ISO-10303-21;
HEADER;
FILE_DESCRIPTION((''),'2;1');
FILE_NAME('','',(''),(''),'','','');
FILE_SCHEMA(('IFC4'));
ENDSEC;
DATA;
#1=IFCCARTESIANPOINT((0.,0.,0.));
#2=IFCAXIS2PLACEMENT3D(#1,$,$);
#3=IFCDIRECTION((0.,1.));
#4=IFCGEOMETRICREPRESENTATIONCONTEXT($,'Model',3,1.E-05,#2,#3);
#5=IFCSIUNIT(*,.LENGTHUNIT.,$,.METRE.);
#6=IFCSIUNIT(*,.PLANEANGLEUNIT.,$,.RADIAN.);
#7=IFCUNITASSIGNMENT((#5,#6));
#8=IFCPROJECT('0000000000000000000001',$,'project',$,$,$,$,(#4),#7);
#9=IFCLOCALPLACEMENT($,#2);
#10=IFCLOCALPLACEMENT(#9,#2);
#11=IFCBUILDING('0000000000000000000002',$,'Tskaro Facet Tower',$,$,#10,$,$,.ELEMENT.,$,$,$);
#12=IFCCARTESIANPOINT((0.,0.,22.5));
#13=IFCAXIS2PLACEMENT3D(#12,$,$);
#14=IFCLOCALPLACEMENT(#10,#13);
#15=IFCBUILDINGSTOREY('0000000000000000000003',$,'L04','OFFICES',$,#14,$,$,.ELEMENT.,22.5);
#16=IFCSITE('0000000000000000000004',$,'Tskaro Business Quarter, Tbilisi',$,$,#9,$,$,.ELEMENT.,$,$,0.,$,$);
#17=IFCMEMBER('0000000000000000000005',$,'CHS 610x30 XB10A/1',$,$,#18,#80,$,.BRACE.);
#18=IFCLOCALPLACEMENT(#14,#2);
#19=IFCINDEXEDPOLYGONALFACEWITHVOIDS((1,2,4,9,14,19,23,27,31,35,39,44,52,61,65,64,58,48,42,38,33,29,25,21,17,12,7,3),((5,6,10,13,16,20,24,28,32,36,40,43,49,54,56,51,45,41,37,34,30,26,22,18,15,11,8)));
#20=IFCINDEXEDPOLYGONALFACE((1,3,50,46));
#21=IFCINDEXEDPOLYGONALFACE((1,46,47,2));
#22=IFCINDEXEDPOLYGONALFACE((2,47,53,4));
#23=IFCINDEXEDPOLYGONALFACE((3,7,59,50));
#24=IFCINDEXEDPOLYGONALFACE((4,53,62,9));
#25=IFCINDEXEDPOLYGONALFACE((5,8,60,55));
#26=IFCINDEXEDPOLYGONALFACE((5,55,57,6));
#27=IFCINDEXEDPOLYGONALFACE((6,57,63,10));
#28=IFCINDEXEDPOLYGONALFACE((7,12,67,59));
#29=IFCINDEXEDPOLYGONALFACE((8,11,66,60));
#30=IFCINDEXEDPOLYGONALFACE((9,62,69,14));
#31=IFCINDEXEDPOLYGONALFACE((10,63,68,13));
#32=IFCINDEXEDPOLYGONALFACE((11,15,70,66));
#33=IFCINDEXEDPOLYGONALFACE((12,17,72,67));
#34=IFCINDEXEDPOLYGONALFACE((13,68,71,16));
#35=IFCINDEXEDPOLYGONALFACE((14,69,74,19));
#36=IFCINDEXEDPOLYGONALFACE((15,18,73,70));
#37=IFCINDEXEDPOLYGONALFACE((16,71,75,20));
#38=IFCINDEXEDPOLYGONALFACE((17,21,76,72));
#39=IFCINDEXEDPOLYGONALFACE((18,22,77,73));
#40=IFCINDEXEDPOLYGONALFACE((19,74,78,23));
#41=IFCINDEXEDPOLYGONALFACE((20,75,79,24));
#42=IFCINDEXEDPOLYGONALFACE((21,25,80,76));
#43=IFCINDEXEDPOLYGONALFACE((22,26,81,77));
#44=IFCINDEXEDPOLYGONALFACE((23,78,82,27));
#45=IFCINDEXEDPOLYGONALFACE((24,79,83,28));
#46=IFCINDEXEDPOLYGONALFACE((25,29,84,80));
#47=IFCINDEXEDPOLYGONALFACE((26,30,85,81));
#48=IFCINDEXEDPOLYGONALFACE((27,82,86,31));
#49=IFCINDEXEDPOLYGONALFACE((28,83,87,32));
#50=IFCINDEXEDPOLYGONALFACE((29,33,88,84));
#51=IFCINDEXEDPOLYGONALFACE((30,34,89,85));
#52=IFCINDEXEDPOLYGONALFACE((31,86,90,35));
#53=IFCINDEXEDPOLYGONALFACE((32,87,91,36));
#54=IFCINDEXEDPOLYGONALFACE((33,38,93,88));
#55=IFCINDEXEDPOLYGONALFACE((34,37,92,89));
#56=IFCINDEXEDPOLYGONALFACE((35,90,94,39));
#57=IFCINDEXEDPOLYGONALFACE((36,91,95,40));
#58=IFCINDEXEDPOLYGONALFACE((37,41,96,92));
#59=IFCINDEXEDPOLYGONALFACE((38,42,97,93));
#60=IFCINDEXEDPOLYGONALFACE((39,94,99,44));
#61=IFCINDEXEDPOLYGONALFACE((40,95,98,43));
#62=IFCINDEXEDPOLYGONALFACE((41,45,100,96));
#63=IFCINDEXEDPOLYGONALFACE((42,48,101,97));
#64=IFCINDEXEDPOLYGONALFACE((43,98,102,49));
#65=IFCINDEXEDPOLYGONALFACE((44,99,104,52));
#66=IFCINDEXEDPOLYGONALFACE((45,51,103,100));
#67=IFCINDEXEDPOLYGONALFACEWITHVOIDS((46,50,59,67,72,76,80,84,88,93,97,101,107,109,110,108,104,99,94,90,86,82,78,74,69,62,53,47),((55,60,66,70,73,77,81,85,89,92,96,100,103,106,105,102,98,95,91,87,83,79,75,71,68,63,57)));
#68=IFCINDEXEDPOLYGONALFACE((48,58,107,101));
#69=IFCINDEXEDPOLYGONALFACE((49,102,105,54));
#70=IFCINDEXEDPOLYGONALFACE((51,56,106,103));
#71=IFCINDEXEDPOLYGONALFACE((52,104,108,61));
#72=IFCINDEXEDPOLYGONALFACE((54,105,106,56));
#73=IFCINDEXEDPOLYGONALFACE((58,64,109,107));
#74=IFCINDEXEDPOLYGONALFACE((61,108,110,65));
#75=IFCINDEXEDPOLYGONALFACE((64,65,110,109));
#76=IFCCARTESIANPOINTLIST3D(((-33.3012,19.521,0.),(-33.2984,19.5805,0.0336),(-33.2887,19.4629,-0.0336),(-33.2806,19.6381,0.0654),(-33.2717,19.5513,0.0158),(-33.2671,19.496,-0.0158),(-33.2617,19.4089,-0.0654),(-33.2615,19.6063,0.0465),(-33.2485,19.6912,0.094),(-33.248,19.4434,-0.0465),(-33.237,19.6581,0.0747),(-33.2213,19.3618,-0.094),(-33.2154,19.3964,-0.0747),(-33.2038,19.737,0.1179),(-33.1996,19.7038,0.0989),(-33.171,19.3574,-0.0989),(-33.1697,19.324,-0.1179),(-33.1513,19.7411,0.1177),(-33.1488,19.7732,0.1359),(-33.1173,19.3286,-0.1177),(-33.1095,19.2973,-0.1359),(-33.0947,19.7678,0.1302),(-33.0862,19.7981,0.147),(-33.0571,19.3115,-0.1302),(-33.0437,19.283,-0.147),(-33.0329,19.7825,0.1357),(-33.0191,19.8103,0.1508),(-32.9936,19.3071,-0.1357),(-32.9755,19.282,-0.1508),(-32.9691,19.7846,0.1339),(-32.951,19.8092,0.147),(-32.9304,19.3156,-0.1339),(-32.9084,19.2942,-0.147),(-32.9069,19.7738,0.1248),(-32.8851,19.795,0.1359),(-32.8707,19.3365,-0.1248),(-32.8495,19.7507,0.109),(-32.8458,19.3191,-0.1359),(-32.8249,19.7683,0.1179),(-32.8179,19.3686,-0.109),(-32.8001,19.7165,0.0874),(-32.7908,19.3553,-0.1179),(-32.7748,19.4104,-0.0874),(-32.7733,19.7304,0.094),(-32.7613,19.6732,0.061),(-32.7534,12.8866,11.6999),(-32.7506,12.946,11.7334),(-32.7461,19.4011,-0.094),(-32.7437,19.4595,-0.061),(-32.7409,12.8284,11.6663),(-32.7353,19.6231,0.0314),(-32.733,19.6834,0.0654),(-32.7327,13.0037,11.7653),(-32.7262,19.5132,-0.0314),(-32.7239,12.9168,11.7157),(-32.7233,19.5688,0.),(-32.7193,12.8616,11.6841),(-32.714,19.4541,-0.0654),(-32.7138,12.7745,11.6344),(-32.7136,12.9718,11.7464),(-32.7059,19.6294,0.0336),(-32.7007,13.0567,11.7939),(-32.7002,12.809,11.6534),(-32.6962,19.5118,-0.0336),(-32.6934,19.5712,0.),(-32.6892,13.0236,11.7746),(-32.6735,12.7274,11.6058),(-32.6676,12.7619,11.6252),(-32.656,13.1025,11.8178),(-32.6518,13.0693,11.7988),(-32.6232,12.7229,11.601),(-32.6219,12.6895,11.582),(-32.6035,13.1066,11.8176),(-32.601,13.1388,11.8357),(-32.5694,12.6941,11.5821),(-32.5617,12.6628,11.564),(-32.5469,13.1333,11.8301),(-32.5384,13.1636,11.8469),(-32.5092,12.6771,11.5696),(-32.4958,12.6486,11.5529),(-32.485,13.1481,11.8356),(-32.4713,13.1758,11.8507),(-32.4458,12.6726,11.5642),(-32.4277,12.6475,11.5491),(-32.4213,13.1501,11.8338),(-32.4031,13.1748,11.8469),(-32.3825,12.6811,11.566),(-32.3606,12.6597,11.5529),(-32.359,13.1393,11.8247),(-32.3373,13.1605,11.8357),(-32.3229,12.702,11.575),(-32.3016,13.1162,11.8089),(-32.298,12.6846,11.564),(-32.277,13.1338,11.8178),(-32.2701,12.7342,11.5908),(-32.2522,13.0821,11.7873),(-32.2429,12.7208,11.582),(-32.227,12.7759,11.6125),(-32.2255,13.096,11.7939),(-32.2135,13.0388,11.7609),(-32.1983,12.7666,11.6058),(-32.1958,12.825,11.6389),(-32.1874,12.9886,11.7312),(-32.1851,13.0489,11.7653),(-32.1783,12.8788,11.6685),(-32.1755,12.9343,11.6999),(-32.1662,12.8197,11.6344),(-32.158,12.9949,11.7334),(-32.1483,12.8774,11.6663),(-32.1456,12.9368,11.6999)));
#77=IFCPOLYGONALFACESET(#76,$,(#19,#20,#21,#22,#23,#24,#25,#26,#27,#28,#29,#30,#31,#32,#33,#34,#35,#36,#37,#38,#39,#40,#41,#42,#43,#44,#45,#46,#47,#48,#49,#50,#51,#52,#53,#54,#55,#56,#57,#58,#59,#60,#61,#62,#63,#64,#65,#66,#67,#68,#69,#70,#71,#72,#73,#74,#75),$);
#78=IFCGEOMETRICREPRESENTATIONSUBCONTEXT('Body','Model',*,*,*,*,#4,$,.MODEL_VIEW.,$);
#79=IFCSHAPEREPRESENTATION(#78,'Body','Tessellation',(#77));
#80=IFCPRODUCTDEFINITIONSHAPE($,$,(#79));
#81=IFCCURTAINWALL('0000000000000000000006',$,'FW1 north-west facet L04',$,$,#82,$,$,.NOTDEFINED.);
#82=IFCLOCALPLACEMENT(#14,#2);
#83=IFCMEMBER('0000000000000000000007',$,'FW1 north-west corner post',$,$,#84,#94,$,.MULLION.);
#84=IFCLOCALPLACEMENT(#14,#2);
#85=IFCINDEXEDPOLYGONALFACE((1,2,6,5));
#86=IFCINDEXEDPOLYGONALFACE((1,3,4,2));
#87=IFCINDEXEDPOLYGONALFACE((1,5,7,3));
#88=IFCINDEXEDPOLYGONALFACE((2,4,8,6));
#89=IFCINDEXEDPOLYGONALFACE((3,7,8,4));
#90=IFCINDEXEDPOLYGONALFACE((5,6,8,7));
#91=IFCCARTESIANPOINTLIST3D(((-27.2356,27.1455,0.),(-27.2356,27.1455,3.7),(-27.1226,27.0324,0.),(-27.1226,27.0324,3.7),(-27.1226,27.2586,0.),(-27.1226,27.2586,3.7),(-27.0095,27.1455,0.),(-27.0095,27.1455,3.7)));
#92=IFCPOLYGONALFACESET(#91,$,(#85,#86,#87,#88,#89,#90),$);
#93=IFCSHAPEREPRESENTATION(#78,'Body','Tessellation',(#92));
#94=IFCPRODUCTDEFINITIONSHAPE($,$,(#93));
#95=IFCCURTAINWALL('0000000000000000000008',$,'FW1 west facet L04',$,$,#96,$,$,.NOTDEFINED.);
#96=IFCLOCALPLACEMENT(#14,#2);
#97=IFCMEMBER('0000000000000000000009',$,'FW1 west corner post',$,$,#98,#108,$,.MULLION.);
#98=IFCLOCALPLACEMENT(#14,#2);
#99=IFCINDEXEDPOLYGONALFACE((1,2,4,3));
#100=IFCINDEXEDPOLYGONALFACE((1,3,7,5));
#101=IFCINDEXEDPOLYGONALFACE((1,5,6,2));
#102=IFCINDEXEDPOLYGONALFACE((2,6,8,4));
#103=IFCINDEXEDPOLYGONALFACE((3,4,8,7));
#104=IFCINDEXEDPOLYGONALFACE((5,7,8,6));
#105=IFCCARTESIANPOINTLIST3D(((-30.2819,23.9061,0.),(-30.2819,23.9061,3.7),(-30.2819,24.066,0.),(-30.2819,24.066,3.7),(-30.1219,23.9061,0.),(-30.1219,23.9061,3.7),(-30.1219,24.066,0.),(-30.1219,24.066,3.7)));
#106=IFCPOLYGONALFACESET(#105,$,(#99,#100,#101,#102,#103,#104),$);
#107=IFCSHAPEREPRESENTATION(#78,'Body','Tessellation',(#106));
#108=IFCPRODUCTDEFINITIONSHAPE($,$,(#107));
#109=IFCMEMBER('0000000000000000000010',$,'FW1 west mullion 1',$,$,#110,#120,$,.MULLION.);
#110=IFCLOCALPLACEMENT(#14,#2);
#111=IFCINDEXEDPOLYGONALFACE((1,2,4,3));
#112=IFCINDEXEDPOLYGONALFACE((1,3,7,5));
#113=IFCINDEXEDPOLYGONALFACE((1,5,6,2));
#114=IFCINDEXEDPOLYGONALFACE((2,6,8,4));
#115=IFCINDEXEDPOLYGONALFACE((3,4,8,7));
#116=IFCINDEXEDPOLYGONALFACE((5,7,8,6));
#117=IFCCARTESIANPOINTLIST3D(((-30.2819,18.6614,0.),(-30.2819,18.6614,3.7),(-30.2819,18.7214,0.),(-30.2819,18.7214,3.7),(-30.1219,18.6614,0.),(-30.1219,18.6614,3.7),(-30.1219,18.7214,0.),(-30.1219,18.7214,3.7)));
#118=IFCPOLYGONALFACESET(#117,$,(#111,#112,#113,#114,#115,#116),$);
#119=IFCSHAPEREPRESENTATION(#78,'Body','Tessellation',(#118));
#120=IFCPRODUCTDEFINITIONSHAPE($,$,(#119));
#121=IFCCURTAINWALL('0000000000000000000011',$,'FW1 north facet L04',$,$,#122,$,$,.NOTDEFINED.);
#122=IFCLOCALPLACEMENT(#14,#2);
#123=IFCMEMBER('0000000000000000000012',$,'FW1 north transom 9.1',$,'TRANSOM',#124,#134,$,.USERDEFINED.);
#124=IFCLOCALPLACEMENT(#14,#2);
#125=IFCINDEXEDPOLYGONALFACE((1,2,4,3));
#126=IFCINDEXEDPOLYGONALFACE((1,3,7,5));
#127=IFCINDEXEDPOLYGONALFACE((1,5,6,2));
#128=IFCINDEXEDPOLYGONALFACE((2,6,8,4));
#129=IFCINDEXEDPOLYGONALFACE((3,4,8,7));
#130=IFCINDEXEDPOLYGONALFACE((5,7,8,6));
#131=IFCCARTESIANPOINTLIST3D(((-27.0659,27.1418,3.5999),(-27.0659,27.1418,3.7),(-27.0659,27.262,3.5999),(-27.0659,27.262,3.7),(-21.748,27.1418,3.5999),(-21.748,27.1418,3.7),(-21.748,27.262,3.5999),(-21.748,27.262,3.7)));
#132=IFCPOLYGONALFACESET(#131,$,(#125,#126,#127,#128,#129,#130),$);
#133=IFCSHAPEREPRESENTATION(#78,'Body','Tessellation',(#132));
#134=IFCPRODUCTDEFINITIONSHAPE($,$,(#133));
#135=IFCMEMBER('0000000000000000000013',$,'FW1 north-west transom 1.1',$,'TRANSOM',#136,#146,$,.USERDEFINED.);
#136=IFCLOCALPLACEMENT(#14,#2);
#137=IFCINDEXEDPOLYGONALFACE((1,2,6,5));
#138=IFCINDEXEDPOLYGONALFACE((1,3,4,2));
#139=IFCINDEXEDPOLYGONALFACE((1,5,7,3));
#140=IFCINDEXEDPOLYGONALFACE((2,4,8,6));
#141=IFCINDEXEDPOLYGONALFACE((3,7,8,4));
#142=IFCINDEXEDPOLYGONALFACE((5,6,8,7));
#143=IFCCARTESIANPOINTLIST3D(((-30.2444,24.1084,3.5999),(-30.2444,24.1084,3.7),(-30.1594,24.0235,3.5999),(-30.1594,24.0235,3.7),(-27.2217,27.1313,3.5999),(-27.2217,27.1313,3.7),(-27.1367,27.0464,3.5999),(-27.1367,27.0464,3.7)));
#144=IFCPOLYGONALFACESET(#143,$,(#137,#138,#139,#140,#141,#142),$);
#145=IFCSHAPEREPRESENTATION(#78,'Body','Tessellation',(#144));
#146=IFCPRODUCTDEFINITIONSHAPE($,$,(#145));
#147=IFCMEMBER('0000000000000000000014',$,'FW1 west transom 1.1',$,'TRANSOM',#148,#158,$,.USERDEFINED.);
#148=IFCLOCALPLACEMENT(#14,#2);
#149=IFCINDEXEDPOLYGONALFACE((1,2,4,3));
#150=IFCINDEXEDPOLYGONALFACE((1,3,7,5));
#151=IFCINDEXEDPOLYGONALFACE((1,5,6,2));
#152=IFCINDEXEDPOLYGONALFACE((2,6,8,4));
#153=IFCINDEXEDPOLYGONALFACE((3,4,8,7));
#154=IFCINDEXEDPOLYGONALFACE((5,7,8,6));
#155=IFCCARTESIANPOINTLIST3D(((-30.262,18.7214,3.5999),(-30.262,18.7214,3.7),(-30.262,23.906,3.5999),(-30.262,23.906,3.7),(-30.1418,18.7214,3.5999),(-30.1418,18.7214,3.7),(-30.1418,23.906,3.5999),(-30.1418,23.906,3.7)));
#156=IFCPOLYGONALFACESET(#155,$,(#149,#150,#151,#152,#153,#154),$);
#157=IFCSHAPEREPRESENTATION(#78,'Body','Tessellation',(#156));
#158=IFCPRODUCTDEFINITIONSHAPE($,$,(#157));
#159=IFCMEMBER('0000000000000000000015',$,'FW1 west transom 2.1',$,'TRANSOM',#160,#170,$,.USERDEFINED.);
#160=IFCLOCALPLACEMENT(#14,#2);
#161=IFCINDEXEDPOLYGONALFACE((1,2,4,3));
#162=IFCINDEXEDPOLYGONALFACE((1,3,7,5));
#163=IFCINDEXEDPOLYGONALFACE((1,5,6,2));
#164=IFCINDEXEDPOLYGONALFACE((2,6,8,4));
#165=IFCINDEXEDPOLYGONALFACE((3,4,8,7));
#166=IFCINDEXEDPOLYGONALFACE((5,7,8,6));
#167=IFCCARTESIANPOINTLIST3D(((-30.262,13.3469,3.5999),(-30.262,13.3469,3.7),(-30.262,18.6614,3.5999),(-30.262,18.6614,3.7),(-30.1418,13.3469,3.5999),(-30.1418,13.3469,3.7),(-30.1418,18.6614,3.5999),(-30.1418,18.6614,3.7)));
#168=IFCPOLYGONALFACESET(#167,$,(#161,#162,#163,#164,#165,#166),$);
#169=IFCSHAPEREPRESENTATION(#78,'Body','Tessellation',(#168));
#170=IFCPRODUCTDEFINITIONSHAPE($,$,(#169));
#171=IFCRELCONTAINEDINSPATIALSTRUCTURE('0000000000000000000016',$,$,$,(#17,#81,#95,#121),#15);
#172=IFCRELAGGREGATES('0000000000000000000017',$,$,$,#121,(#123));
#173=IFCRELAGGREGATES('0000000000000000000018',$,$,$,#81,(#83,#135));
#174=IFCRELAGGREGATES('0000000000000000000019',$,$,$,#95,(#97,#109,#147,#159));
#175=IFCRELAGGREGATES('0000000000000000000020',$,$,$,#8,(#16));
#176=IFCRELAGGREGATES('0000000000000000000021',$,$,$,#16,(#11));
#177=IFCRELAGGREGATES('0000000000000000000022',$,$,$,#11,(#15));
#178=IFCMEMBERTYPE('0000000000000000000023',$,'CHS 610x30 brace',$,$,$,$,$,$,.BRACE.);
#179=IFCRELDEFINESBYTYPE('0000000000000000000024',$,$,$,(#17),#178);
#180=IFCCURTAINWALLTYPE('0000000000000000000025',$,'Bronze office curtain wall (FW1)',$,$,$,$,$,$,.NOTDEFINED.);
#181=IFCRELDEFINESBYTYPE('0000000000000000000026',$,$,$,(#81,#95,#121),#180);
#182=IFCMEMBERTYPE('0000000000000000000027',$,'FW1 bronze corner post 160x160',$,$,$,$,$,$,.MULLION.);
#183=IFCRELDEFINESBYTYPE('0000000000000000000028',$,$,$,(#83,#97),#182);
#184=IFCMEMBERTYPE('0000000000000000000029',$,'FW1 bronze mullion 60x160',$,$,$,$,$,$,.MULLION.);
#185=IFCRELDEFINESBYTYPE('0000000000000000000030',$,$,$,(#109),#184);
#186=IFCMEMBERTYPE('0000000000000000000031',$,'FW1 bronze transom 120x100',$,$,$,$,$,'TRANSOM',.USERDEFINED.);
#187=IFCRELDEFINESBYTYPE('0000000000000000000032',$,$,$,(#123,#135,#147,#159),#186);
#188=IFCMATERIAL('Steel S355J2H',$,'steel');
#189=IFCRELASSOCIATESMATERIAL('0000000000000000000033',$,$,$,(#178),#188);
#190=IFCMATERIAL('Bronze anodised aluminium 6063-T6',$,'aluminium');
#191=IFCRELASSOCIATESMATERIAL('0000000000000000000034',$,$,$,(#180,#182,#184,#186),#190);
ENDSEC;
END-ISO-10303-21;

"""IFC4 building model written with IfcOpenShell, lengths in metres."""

from ifc_helpers import new_model, si_unit, direction, frame, origin, origin_2d, place, context, subcontext, project, spatial, rectangle, hollow_circle, extrude, material, material_profile, profile_set, type_object, element, aggregate, save


model = new_model("IFC4")

# Units and contexts
model_context = context("Model", 3, precision=1e-05, world=origin(), true_north=direction((0.0, 1.0)))
body_context = subcontext(model_context, "Body", "Model", "MODEL_VIEW")
ifc_project = project(units=[si_unit("LENGTHUNIT", "METRE"), si_unit("PLANEANGLEUNIT", "RADIAN")], contexts=[model_context])

# Site, building, storey
site_placement = place(None, origin())
site = spatial("IfcSite", under=ifc_project, at=site_placement, Name="Tskaro Business Quarter, Tbilisi", CompositionType="ELEMENT", RefElevation=0.0)
building_placement = place(site_placement, origin())
building = spatial("IfcBuilding", under=site, at=building_placement, Name="Tskaro Facet Tower", CompositionType="ELEMENT")
storey_placement = place(building_placement, frame((0.0, 0.0, 22.5)))
storey = spatial("IfcBuildingStorey", under=building, at=storey_placement, Name="L04", Description="OFFICES", CompositionType="ELEMENT", Elevation=22.5)

# Shared definitions
ifc_material_1 = material(Name="Steel S355J2H", Category="steel")

# Member
ifc_material_profile_1 = material_profile(ifc_material_1, hollow_circle(Radius=0.3049, WallThickness=0.03, at=origin_2d()), Name="CHS 610x30")
ifc_profile_set_1 = profile_set([ifc_material_profile_1], Name="Steel S355J2H")
member_type_1 = type_object("IfcMemberType", Name="CHS 610x30 brace", PredefinedType="BRACE", material=ifc_profile_set_1)
member_1_placement = place(storey_placement, frame((-32.9973, 19.5461, 0.0), z_axis=(0.040698, -0.49286, 0.869156), x_axis=(0.996608, 0.082296, 0.0)))
element("IfcMember", 1, at=member_1_placement, inside=storey, type_object=member_type_1, Name="CHS 610x30 XB10A/1", PredefinedType="BRACE", context=body_context, shape_type="SweptSolid", body=[
    extrude(hollow_circle(Radius=0.3049, WallThickness=0.03, at=origin_2d()), origin(), (0.0, 0.0, 1.0), 13.4612),
])

# Curtain wall, member
ifc_material_2 = material(Name="Bronze anodised aluminium 6063-T6", Category="aluminium")
curtain_wall_type = type_object("IfcCurtainWallType", Name="Bronze office curtain wall (FW1)", PredefinedType="NOTDEFINED", material=ifc_material_2)
curtain_wall_1_placement = place(storey_placement, origin())
curtain_wall_1 = element("IfcCurtainWall", 2, at=curtain_wall_1_placement, inside=storey, type_object=curtain_wall_type, Name="FW1 north-west facet L04", PredefinedType="NOTDEFINED")
ifc_material_profile_2 = material_profile(ifc_material_2, rectangle(XDim=0.1599, YDim=0.1599, at=origin_2d()), Name="Corner post 160x160")
ifc_profile_set_2 = profile_set([ifc_material_profile_2], Name="Bronze anodised aluminium 6063-T6")
member_type_2 = type_object("IfcMemberType", Name="FW1 bronze corner post 160x160", PredefinedType="MULLION", material=ifc_profile_set_2)
member_2_placement = place(storey_placement, frame((-27.1226, 27.1455, 0.0), z_axis=(0.0, 0.0, 1.0), x_axis=(-0.707107, -0.707107, 0.0)))
member_2 = element("IfcMember", 3, at=member_2_placement, type_object=member_type_2, Name="FW1 north-west corner post", PredefinedType="MULLION", context=body_context, shape_type="SweptSolid", body=[
    extrude(rectangle(XDim=0.1599, YDim=0.1599, at=origin_2d()), origin(), (0.0, 0.0, 1.0), 3.7),
])

# Curtain wall, members
curtain_wall_2_placement = place(storey_placement, origin())
curtain_wall_2 = element("IfcCurtainWall", 4, at=curtain_wall_2_placement, inside=storey, type_object=curtain_wall_type, Name="FW1 west facet L04", PredefinedType="NOTDEFINED")
member_3_placement = place(storey_placement, frame((-30.2019, 23.9861, 0.0), z_axis=(0.0, 0.0, 1.0), x_axis=(0.0, -1.0, 0.0)))
member_3 = element("IfcMember", 5, at=member_3_placement, type_object=member_type_2, Name="FW1 west corner post", PredefinedType="MULLION", context=body_context, shape_type="SweptSolid", body=[
    extrude(rectangle(XDim=0.1599, YDim=0.1599, at=origin_2d()), origin(), (0.0, 0.0, 1.0), 3.7),
])
ifc_material_profile_3 = material_profile(ifc_material_2, rectangle(XDim=0.0601, YDim=0.1599, at=origin_2d()), Name="Mullion 60x160")
ifc_profile_set_3 = profile_set([ifc_material_profile_3], Name="Bronze anodised aluminium 6063-T6")
member_type_3 = type_object("IfcMemberType", Name="FW1 bronze mullion 60x160", PredefinedType="MULLION", material=ifc_profile_set_3)
member_4_placement = place(storey_placement, frame((-30.2019, 18.6914, 0.0), z_axis=(0.0, 0.0, 1.0), x_axis=(0.0, -1.0, 0.0)))
member_4 = element("IfcMember", 6, at=member_4_placement, type_object=member_type_3, Name="FW1 west mullion 1", PredefinedType="MULLION", context=body_context, shape_type="SweptSolid", body=[
    extrude(rectangle(XDim=0.0601, YDim=0.1599, at=origin_2d()), origin(), (0.0, 0.0, 1.0), 3.7),
])

# Curtain wall, member
curtain_wall_3_placement = place(storey_placement, origin())
curtain_wall_3 = element("IfcCurtainWall", 7, at=curtain_wall_3_placement, inside=storey, type_object=curtain_wall_type, Name="FW1 north facet L04", PredefinedType="NOTDEFINED")
ifc_material_profile_4 = material_profile(ifc_material_2, rectangle(XDim=0.1201, YDim=0.1001, at=origin_2d()), Name="Transom 120x100")
ifc_profile_set_4 = profile_set([ifc_material_profile_4], Name="Bronze anodised aluminium 6063-T6")
member_type_4 = type_object("IfcMemberType", Name="FW1 bronze transom 120x100", ElementType="TRANSOM", PredefinedType="USERDEFINED", material=ifc_profile_set_4)
member_5_placement = place(storey_placement, frame((-21.748, 27.2019, 3.6499), z_axis=(-1.0, 0.0, 0.0), x_axis=(0.0, -1.0, 0.0)))
member_5 = element("IfcMember", 8, at=member_5_placement, type_object=member_type_4, Name="FW1 north transom 9.1", ObjectType="TRANSOM", PredefinedType="USERDEFINED", context=body_context, shape_type="SweptSolid", body=[
    extrude(rectangle(XDim=0.1201, YDim=0.1001, at=origin_2d()), origin(), (0.0, 0.0, 1.0), 5.3179),
])

# Members
member_6_placement = place(storey_placement, frame((-27.1792, 27.0889, 3.6499), z_axis=(-0.707078, -0.707135, 0.0), x_axis=(0.707135, -0.707078, 0.0)))
member_6 = element("IfcMember", 9, at=member_6_placement, type_object=member_type_4, Name="FW1 north-west transom 1.1", ObjectType="TRANSOM", PredefinedType="USERDEFINED", context=body_context, shape_type="SweptSolid", body=[
    extrude(rectangle(XDim=0.1201, YDim=0.1001, at=origin_2d()), origin(), (0.0, 0.0, 1.0), 4.2749),
])
member_7_placement = place(storey_placement, frame((-30.2019, 23.906, 3.6499), z_axis=(0.0, -1.0, 0.0), x_axis=(1.0, 0.0, 0.0)))
member_7 = element("IfcMember", 10, at=member_7_placement, type_object=member_type_4, Name="FW1 west transom 1.1", ObjectType="TRANSOM", PredefinedType="USERDEFINED", context=body_context, shape_type="SweptSolid", body=[
    extrude(rectangle(XDim=0.1201, YDim=0.1001, at=origin_2d()), origin(), (0.0, 0.0, 1.0), 5.1846),
])
member_8_placement = place(storey_placement, frame((-30.2019, 18.6614, 3.6499), z_axis=(0.0, -1.0, 0.0), x_axis=(1.0, 0.0, 0.0)))
member_8 = element("IfcMember", 11, at=member_8_placement, type_object=member_type_4, Name="FW1 west transom 2.1", ObjectType="TRANSOM", PredefinedType="USERDEFINED", context=body_context, shape_type="SweptSolid", body=[
    extrude(rectangle(XDim=0.1201, YDim=0.1001, at=origin_2d()), origin(), (0.0, 0.0, 1.0), 5.3145),
])

aggregate(curtain_wall_3, [member_5])
aggregate(curtain_wall_1, [member_2, member_6])
aggregate(curtain_wall_2, [member_3, member_4, member_7, member_8])

save(model, "model.ifc")
